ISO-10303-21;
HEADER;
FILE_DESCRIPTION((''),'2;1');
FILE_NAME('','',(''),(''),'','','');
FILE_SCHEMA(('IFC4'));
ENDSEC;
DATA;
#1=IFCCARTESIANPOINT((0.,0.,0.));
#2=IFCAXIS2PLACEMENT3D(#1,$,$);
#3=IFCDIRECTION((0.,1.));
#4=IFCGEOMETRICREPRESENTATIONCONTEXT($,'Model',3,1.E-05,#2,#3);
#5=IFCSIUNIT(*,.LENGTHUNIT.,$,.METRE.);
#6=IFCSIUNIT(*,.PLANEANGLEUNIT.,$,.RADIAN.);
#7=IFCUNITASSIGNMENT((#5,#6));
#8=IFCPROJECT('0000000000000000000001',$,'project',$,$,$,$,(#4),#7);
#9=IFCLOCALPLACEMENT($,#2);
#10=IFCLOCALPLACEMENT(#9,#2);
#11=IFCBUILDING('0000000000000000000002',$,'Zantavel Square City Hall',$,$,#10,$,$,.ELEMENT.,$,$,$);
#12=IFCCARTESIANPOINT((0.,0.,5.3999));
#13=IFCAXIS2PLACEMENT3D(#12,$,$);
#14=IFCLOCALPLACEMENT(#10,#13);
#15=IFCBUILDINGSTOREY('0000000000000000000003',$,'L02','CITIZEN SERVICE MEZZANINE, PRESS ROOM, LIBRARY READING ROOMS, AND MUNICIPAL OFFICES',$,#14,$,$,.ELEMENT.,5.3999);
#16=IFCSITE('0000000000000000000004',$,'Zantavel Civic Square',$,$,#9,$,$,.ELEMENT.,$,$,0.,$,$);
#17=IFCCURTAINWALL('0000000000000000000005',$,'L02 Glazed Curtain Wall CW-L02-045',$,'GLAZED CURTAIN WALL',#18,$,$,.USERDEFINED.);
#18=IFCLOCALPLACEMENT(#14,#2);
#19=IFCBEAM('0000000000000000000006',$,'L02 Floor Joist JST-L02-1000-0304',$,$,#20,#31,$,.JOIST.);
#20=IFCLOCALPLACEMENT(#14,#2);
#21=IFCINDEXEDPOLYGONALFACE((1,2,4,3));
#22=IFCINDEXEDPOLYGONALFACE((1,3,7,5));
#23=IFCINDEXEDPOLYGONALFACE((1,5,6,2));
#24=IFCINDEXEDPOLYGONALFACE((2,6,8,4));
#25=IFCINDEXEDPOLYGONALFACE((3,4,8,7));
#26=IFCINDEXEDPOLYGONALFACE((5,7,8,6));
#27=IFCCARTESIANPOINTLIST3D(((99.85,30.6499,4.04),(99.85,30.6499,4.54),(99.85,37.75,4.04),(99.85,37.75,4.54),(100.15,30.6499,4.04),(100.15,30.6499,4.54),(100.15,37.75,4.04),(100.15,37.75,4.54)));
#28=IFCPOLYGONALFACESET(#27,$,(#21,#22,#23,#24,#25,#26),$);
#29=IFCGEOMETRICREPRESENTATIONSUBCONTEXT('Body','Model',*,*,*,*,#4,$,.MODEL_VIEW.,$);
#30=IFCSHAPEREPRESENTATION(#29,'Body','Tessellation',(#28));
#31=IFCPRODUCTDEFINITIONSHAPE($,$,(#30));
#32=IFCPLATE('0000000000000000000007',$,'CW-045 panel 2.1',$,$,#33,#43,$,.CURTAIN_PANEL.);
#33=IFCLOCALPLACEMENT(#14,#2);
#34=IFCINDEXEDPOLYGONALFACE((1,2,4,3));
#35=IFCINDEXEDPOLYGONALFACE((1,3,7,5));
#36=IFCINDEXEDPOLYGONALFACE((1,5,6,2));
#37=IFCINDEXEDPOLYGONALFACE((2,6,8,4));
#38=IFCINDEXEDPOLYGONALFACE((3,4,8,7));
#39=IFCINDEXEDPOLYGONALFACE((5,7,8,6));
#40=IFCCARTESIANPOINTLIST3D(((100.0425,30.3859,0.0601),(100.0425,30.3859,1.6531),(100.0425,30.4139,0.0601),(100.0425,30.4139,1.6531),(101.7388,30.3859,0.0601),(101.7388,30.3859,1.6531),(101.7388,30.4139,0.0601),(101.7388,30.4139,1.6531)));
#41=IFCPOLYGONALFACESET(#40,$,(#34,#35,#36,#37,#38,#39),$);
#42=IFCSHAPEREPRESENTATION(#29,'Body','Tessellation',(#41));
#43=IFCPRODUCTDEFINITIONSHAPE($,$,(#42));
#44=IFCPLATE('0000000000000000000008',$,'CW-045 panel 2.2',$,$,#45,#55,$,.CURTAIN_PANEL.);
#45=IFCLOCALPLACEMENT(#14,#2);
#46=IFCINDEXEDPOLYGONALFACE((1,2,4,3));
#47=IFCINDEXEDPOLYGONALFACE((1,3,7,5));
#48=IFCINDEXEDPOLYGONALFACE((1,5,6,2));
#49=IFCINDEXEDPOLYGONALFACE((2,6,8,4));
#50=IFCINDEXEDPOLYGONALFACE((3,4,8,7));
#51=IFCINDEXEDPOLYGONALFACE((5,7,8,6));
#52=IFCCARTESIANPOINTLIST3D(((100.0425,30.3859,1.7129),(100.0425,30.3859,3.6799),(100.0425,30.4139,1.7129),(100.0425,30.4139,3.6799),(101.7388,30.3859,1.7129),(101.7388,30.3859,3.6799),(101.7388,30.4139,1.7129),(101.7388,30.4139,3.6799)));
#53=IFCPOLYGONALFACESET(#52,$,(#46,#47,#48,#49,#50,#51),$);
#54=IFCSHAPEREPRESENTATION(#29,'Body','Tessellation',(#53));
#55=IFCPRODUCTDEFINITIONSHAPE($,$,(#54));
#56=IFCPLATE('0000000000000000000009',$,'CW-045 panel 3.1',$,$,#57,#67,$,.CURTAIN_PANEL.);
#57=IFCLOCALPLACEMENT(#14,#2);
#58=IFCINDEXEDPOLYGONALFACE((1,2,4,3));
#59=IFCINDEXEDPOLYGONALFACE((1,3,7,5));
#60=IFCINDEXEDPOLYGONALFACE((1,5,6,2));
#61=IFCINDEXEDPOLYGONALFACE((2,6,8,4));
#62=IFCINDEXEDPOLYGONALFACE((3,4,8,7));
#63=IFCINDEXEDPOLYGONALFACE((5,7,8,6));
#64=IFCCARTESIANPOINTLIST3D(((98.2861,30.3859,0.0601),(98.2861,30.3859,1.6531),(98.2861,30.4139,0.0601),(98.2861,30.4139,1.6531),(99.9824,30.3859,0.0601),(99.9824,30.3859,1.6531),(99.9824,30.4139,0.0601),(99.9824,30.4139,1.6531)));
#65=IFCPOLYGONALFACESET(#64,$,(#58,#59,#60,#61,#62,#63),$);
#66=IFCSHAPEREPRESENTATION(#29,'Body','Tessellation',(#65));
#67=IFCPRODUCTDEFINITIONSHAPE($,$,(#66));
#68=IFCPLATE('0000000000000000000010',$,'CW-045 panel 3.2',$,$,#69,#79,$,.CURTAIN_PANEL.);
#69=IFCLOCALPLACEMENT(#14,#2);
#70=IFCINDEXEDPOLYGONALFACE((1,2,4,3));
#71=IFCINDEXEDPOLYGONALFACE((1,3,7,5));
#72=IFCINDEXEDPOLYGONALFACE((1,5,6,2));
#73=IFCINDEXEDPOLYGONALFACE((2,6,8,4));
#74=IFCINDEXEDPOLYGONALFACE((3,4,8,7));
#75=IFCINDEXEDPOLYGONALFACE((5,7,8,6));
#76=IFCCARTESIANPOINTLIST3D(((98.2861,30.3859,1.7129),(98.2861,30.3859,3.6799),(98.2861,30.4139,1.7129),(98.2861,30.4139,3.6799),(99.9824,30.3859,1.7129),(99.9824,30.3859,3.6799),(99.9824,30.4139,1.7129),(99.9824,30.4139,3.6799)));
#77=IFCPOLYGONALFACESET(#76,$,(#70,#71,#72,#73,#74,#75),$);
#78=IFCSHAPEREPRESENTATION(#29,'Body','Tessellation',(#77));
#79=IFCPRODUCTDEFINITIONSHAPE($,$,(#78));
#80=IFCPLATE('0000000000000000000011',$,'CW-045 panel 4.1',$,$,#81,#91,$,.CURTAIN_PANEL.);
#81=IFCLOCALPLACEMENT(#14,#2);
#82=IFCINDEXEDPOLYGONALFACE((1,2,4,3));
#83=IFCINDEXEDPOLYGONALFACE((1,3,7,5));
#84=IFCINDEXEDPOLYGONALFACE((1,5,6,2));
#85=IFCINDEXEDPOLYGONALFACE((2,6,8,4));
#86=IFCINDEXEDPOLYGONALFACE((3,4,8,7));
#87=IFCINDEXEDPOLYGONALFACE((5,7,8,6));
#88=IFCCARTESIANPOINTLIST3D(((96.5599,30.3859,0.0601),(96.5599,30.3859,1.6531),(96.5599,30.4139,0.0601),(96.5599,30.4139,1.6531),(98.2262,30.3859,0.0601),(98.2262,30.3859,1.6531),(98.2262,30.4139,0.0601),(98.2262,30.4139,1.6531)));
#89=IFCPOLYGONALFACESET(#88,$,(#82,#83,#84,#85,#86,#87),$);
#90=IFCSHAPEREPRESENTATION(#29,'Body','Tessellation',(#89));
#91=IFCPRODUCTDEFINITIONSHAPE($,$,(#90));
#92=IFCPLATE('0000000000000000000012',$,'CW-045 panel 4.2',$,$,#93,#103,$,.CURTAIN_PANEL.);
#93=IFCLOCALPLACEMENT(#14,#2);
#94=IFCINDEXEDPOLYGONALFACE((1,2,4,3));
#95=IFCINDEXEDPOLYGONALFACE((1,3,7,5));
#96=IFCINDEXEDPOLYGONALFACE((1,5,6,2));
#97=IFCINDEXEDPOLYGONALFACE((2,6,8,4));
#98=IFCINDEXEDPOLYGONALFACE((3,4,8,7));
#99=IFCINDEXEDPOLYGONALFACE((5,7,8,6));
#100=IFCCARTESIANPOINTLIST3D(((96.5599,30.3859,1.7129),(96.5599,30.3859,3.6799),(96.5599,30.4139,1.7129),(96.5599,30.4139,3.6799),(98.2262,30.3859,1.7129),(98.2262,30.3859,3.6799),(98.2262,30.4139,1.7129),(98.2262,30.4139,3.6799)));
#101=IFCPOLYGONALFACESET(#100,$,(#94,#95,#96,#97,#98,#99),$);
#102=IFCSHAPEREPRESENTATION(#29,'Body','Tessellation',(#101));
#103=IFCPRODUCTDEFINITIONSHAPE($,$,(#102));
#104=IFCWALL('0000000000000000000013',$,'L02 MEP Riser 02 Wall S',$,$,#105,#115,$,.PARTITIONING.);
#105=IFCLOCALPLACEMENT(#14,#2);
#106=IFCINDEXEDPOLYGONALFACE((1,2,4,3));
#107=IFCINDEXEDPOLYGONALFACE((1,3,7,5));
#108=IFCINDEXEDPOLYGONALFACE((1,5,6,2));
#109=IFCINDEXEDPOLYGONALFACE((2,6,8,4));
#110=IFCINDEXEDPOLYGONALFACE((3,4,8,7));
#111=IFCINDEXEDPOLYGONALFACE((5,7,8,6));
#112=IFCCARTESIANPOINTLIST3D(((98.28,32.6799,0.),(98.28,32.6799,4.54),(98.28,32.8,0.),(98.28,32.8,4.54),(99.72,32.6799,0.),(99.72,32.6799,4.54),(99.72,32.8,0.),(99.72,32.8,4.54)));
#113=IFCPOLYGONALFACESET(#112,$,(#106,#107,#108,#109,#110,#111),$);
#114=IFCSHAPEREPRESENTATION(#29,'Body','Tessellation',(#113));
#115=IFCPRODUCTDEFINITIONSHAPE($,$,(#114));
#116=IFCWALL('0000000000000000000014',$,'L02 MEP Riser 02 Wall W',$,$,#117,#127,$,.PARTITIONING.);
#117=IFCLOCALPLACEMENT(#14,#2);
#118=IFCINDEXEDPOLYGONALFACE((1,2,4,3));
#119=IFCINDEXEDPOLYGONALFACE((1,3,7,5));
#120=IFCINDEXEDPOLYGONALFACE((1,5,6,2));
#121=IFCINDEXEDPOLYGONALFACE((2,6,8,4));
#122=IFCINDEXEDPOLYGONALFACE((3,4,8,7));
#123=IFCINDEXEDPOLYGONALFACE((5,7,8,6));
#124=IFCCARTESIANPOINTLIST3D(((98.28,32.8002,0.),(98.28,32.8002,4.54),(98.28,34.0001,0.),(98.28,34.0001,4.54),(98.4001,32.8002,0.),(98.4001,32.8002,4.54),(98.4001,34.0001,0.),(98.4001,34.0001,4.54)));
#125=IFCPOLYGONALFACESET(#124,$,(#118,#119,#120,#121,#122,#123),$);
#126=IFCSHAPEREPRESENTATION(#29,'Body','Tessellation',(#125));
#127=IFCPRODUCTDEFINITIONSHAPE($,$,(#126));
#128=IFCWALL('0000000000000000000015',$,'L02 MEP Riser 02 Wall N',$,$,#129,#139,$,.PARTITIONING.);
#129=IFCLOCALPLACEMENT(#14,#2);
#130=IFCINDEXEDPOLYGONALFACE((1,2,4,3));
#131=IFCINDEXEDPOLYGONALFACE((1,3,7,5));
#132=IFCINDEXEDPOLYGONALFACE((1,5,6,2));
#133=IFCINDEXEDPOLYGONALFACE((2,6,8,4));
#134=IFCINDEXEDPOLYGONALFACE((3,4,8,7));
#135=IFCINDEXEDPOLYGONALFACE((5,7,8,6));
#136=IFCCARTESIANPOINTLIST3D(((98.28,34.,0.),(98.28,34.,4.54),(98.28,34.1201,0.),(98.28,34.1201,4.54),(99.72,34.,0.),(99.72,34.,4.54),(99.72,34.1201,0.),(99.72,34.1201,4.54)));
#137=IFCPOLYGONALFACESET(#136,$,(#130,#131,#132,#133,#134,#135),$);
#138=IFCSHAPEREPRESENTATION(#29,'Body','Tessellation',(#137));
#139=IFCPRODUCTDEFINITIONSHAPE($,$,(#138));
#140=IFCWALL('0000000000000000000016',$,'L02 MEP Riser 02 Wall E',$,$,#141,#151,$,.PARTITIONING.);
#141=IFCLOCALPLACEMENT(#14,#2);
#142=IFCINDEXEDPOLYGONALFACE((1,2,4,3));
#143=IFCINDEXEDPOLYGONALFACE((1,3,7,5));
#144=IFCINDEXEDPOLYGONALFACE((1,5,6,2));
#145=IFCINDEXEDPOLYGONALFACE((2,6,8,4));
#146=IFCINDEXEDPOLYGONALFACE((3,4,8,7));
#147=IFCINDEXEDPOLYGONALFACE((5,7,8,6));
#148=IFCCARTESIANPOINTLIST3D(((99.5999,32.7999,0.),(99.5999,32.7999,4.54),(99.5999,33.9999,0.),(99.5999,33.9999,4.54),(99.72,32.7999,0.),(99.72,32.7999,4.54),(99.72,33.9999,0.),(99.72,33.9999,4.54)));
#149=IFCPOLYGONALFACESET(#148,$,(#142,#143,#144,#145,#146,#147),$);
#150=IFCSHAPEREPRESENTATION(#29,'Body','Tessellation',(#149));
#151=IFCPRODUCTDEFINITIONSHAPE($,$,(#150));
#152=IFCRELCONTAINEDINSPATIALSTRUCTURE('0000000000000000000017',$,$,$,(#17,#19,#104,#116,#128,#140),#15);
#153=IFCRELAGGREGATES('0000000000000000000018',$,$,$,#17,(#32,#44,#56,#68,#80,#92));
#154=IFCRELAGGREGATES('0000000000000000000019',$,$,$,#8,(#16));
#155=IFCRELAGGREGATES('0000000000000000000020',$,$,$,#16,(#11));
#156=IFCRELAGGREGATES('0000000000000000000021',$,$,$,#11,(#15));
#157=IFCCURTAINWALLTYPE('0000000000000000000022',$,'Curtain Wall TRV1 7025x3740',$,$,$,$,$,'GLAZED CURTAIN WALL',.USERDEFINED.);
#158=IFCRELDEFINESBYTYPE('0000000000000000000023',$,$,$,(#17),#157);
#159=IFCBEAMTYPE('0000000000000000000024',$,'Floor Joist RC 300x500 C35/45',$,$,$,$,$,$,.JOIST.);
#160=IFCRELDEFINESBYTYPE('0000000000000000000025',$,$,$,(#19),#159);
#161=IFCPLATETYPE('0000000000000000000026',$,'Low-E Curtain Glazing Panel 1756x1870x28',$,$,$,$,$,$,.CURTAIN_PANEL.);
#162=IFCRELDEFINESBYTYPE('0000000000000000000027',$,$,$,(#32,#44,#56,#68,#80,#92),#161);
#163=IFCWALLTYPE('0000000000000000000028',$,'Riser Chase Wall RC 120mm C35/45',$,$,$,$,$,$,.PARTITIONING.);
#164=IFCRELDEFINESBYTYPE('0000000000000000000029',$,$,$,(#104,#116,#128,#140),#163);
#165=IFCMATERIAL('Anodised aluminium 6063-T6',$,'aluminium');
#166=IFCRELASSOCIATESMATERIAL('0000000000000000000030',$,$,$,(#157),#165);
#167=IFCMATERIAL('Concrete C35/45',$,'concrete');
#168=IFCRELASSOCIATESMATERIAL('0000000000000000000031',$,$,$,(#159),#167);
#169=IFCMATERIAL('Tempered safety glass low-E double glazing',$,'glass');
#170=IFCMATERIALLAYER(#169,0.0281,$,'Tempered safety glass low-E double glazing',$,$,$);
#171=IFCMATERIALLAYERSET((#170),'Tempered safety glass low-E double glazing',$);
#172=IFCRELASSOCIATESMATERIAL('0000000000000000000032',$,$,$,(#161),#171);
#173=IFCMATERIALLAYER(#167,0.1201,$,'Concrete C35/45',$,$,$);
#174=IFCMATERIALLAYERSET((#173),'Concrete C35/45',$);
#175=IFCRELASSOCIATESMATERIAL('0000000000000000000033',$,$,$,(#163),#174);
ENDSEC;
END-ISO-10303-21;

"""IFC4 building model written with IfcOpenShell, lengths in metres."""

from ifc_helpers import new_model, si_unit, direction, frame, frame_2d, origin, origin_2d, place, context, subcontext, project, spatial, rectangle, extrude, material, layer, layer_set, material_profile, profile_set, type_object, element, aggregate, save


model = new_model("IFC4")

# Units and contexts
model_context = context("Model", 3, precision=1e-05, world=origin(), true_north=direction((0.0, 1.0)))
body_context = subcontext(model_context, "Body", "Model", "MODEL_VIEW")
ifc_project = project(units=[si_unit("LENGTHUNIT", "METRE"), si_unit("PLANEANGLEUNIT", "RADIAN")], contexts=[model_context])

# Site, building, storey
site_placement = place(None, origin())
site = spatial("IfcSite", under=ifc_project, at=site_placement, Name="Zantavel Civic Square", CompositionType="ELEMENT", RefElevation=0.0)
building_placement = place(site_placement, origin())
building = spatial("IfcBuilding", under=site, at=building_placement, Name="Zantavel Square City Hall", CompositionType="ELEMENT")
storey_placement = place(building_placement, frame((0.0, 0.0, 5.3999)))
storey = spatial("IfcBuildingStorey", under=building, at=storey_placement, Name="L02", Description="CITIZEN SERVICE MEZZANINE, PRESS ROOM, LIBRARY READING ROOMS, AND MUNICIPAL OFFICES", CompositionType="ELEMENT", Elevation=5.3999)

# Curtain wall
ifc_material_1 = material(Name="Anodised aluminium 6063-T6", Category="aluminium")
curtain_wall_type = type_object("IfcCurtainWallType", Name="Curtain Wall TRV1 7025x3740", ElementType="GLAZED CURTAIN WALL", PredefinedType="USERDEFINED", material=ifc_material_1)
curtain_wall_placement = place(storey_placement, origin())
curtain_wall = element("IfcCurtainWall", 1, at=curtain_wall_placement, inside=storey, type_object=curtain_wall_type, Name="L02 Glazed Curtain Wall CW-L02-045", ObjectType="GLAZED CURTAIN WALL", PredefinedType="USERDEFINED")

# Beam
ifc_material_2 = material(Name="Concrete C35/45", Category="concrete")
ifc_material_profile_1 = material_profile(ifc_material_2, rectangle(XDim=0.3, YDim=0.5, at=origin_2d()), Name="RC 300x500")
ifc_profile_set_1 = profile_set([ifc_material_profile_1], Name="Concrete C35/45")
beam_type = type_object("IfcBeamType", Name="Floor Joist RC 300x500 C35/45", PredefinedType="JOIST", material=ifc_profile_set_1)
beam_placement = place(storey_placement, frame((100.0, 30.6499, 4.29), z_axis=(0.0, 1.0, 0.0), x_axis=(-1.0, 0.0, 0.0)))
element("IfcBeam", 2, at=beam_placement, inside=storey, type_object=beam_type, Name="L02 Floor Joist JST-L02-1000-0304", PredefinedType="JOIST", context=body_context, shape_type="SweptSolid", body=[
    extrude(rectangle(XDim=0.3, YDim=0.5, at=origin_2d()), origin(), (0.0, 0.0, 1.0), 7.1001),
])

# Plates
ifc_material_3 = material(Name="Tempered safety glass low-E double glazing", Category="glass")
ifc_layer_1 = layer(ifc_material_3, 0.0281, Name="Tempered safety glass low-E double glazing")
ifc_layer_set_1 = layer_set([ifc_layer_1], Name="Tempered safety glass low-E double glazing")
plate_type = type_object("IfcPlateType", Name="Low-E Curtain Glazing Panel 1756x1870x28", PredefinedType="CURTAIN_PANEL", material=ifc_layer_set_1)
plate_1_placement = place(storey_placement, frame((100.8906, 30.3999, 0.0601), z_axis=(0.0, 0.0, 1.0), x_axis=(-1.0, 0.0, 0.0)))
plate_1 = element("IfcPlate", 3, at=plate_1_placement, type_object=plate_type, Name="CW-045 panel 2.1", PredefinedType="CURTAIN_PANEL", context=body_context, shape_type="SweptSolid", body=[
    extrude(rectangle(XDim=1.6963, YDim=0.0281, at=origin_2d()), origin(), (0.0, 0.0, 1.0), 1.593),
])
plate_2_placement = place(storey_placement, frame((100.8906, 30.3999, 1.7129), z_axis=(0.0, 0.0, 1.0), x_axis=(-1.0, 0.0, 0.0)))
plate_2 = element("IfcPlate", 4, at=plate_2_placement, type_object=plate_type, Name="CW-045 panel 2.2", PredefinedType="CURTAIN_PANEL", context=body_context, shape_type="SweptSolid", body=[
    extrude(rectangle(XDim=1.6963, YDim=0.0281, at=origin_2d()), origin(), (0.0, 0.0, 1.0), 1.967),
])
plate_3_placement = place(storey_placement, frame((99.1343, 30.3999, 0.0601), z_axis=(0.0, 0.0, 1.0), x_axis=(-1.0, 0.0, 0.0)))
plate_3 = element("IfcPlate", 5, at=plate_3_placement, type_object=plate_type, Name="CW-045 panel 3.1", PredefinedType="CURTAIN_PANEL", context=body_context, shape_type="SweptSolid", body=[
    extrude(rectangle(XDim=1.6963, YDim=0.0281, at=origin_2d()), origin(), (0.0, 0.0, 1.0), 1.593),
])
plate_4_placement = place(storey_placement, frame((99.1343, 30.3999, 1.7129), z_axis=(0.0, 0.0, 1.0), x_axis=(-1.0, 0.0, 0.0)))
plate_4 = element("IfcPlate", 6, at=plate_4_placement, type_object=plate_type, Name="CW-045 panel 3.2", PredefinedType="CURTAIN_PANEL", context=body_context, shape_type="SweptSolid", body=[
    extrude(rectangle(XDim=1.6963, YDim=0.0281, at=origin_2d()), origin(), (0.0, 0.0, 1.0), 1.967),
])
plate_5_placement = place(storey_placement, frame((97.3931, 30.3999, 0.0601), z_axis=(0.0, 0.0, 1.0), x_axis=(-1.0, 0.0, 0.0)))
plate_5 = element("IfcPlate", 7, at=plate_5_placement, type_object=plate_type, Name="CW-045 panel 4.1", PredefinedType="CURTAIN_PANEL", context=body_context, shape_type="SweptSolid", body=[
    extrude(rectangle(XDim=1.6663, YDim=0.0281, at=origin_2d()), origin(), (0.0, 0.0, 1.0), 1.593),
])
plate_6_placement = place(storey_placement, frame((97.3931, 30.3999, 1.7129), z_axis=(0.0, 0.0, 1.0), x_axis=(-1.0, 0.0, 0.0)))
plate_6 = element("IfcPlate", 8, at=plate_6_placement, type_object=plate_type, Name="CW-045 panel 4.2", PredefinedType="CURTAIN_PANEL", context=body_context, shape_type="SweptSolid", body=[
    extrude(rectangle(XDim=1.6663, YDim=0.0281, at=origin_2d()), origin(), (0.0, 0.0, 1.0), 1.967),
])
aggregate(curtain_wall, [plate_1, plate_2, plate_3, plate_4, plate_5, plate_6])

# Walls
ifc_layer_2 = layer(ifc_material_2, 0.1201, Name="Concrete C35/45")
ifc_layer_set_2 = layer_set([ifc_layer_2], Name="Concrete C35/45")
wall_type = type_object("IfcWallType", Name="Riser Chase Wall RC 120mm C35/45", PredefinedType="PARTITIONING", material=ifc_layer_set_2)
wall_1_placement = place(storey_placement, frame((99.72, 32.74, 0.0), z_axis=(0.0, 0.0, 1.0), x_axis=(-1.0, 0.0, 0.0)))
element("IfcWall", 9, at=wall_1_placement, inside=storey, type_object=wall_type, Name="L02 MEP Riser 02 Wall S", PredefinedType="PARTITIONING", context=body_context, shape_type="SweptSolid", body=[
    extrude(rectangle(XDim=1.4399, YDim=0.1201, at=frame_2d((0.72, 0.0))), origin(), (0.0, 0.0, 1.0), 4.54),
])
wall_2_placement = place(storey_placement, frame((98.3401, 32.8, 0.0), z_axis=(0.0, 0.0, 1.0), x_axis=(0.0, 1.0, 0.0)))
element("IfcWall", 10, at=wall_2_placement, inside=storey, type_object=wall_type, Name="L02 MEP Riser 02 Wall W", PredefinedType="PARTITIONING", context=body_context, shape_type="SweptSolid", body=[
    extrude(rectangle(XDim=1.2, YDim=0.1201, at=frame_2d((0.6001, 0.0))), origin(), (0.0, 0.0, 1.0), 4.54),
])
wall_3_placement = place(storey_placement, frame((98.28, 34.0601, 0.0), z_axis=(0.0, 0.0, 1.0), x_axis=(1.0, 0.0, 0.0)))
element("IfcWall", 11, at=wall_3_placement, inside=storey, type_object=wall_type, Name="L02 MEP Riser 02 Wall N", PredefinedType="PARTITIONING", context=body_context, shape_type="SweptSolid", body=[
    extrude(rectangle(XDim=1.4399, YDim=0.1201, at=frame_2d((0.72, 0.0))), origin(), (0.0, 0.0, 1.0), 4.54),
])
wall_4_placement = place(storey_placement, frame((99.6599, 34.0, 0.0), z_axis=(0.0, 0.0, 1.0), x_axis=(0.0, -1.0, 0.0)))
element("IfcWall", 12, at=wall_4_placement, inside=storey, type_object=wall_type, Name="L02 MEP Riser 02 Wall E", PredefinedType="PARTITIONING", context=body_context, shape_type="SweptSolid", body=[
    extrude(rectangle(XDim=1.2, YDim=0.1201, at=frame_2d((0.6001, 0.0))), origin(), (0.0, 0.0, 1.0), 4.54),
])

save(model, "model.ifc")
